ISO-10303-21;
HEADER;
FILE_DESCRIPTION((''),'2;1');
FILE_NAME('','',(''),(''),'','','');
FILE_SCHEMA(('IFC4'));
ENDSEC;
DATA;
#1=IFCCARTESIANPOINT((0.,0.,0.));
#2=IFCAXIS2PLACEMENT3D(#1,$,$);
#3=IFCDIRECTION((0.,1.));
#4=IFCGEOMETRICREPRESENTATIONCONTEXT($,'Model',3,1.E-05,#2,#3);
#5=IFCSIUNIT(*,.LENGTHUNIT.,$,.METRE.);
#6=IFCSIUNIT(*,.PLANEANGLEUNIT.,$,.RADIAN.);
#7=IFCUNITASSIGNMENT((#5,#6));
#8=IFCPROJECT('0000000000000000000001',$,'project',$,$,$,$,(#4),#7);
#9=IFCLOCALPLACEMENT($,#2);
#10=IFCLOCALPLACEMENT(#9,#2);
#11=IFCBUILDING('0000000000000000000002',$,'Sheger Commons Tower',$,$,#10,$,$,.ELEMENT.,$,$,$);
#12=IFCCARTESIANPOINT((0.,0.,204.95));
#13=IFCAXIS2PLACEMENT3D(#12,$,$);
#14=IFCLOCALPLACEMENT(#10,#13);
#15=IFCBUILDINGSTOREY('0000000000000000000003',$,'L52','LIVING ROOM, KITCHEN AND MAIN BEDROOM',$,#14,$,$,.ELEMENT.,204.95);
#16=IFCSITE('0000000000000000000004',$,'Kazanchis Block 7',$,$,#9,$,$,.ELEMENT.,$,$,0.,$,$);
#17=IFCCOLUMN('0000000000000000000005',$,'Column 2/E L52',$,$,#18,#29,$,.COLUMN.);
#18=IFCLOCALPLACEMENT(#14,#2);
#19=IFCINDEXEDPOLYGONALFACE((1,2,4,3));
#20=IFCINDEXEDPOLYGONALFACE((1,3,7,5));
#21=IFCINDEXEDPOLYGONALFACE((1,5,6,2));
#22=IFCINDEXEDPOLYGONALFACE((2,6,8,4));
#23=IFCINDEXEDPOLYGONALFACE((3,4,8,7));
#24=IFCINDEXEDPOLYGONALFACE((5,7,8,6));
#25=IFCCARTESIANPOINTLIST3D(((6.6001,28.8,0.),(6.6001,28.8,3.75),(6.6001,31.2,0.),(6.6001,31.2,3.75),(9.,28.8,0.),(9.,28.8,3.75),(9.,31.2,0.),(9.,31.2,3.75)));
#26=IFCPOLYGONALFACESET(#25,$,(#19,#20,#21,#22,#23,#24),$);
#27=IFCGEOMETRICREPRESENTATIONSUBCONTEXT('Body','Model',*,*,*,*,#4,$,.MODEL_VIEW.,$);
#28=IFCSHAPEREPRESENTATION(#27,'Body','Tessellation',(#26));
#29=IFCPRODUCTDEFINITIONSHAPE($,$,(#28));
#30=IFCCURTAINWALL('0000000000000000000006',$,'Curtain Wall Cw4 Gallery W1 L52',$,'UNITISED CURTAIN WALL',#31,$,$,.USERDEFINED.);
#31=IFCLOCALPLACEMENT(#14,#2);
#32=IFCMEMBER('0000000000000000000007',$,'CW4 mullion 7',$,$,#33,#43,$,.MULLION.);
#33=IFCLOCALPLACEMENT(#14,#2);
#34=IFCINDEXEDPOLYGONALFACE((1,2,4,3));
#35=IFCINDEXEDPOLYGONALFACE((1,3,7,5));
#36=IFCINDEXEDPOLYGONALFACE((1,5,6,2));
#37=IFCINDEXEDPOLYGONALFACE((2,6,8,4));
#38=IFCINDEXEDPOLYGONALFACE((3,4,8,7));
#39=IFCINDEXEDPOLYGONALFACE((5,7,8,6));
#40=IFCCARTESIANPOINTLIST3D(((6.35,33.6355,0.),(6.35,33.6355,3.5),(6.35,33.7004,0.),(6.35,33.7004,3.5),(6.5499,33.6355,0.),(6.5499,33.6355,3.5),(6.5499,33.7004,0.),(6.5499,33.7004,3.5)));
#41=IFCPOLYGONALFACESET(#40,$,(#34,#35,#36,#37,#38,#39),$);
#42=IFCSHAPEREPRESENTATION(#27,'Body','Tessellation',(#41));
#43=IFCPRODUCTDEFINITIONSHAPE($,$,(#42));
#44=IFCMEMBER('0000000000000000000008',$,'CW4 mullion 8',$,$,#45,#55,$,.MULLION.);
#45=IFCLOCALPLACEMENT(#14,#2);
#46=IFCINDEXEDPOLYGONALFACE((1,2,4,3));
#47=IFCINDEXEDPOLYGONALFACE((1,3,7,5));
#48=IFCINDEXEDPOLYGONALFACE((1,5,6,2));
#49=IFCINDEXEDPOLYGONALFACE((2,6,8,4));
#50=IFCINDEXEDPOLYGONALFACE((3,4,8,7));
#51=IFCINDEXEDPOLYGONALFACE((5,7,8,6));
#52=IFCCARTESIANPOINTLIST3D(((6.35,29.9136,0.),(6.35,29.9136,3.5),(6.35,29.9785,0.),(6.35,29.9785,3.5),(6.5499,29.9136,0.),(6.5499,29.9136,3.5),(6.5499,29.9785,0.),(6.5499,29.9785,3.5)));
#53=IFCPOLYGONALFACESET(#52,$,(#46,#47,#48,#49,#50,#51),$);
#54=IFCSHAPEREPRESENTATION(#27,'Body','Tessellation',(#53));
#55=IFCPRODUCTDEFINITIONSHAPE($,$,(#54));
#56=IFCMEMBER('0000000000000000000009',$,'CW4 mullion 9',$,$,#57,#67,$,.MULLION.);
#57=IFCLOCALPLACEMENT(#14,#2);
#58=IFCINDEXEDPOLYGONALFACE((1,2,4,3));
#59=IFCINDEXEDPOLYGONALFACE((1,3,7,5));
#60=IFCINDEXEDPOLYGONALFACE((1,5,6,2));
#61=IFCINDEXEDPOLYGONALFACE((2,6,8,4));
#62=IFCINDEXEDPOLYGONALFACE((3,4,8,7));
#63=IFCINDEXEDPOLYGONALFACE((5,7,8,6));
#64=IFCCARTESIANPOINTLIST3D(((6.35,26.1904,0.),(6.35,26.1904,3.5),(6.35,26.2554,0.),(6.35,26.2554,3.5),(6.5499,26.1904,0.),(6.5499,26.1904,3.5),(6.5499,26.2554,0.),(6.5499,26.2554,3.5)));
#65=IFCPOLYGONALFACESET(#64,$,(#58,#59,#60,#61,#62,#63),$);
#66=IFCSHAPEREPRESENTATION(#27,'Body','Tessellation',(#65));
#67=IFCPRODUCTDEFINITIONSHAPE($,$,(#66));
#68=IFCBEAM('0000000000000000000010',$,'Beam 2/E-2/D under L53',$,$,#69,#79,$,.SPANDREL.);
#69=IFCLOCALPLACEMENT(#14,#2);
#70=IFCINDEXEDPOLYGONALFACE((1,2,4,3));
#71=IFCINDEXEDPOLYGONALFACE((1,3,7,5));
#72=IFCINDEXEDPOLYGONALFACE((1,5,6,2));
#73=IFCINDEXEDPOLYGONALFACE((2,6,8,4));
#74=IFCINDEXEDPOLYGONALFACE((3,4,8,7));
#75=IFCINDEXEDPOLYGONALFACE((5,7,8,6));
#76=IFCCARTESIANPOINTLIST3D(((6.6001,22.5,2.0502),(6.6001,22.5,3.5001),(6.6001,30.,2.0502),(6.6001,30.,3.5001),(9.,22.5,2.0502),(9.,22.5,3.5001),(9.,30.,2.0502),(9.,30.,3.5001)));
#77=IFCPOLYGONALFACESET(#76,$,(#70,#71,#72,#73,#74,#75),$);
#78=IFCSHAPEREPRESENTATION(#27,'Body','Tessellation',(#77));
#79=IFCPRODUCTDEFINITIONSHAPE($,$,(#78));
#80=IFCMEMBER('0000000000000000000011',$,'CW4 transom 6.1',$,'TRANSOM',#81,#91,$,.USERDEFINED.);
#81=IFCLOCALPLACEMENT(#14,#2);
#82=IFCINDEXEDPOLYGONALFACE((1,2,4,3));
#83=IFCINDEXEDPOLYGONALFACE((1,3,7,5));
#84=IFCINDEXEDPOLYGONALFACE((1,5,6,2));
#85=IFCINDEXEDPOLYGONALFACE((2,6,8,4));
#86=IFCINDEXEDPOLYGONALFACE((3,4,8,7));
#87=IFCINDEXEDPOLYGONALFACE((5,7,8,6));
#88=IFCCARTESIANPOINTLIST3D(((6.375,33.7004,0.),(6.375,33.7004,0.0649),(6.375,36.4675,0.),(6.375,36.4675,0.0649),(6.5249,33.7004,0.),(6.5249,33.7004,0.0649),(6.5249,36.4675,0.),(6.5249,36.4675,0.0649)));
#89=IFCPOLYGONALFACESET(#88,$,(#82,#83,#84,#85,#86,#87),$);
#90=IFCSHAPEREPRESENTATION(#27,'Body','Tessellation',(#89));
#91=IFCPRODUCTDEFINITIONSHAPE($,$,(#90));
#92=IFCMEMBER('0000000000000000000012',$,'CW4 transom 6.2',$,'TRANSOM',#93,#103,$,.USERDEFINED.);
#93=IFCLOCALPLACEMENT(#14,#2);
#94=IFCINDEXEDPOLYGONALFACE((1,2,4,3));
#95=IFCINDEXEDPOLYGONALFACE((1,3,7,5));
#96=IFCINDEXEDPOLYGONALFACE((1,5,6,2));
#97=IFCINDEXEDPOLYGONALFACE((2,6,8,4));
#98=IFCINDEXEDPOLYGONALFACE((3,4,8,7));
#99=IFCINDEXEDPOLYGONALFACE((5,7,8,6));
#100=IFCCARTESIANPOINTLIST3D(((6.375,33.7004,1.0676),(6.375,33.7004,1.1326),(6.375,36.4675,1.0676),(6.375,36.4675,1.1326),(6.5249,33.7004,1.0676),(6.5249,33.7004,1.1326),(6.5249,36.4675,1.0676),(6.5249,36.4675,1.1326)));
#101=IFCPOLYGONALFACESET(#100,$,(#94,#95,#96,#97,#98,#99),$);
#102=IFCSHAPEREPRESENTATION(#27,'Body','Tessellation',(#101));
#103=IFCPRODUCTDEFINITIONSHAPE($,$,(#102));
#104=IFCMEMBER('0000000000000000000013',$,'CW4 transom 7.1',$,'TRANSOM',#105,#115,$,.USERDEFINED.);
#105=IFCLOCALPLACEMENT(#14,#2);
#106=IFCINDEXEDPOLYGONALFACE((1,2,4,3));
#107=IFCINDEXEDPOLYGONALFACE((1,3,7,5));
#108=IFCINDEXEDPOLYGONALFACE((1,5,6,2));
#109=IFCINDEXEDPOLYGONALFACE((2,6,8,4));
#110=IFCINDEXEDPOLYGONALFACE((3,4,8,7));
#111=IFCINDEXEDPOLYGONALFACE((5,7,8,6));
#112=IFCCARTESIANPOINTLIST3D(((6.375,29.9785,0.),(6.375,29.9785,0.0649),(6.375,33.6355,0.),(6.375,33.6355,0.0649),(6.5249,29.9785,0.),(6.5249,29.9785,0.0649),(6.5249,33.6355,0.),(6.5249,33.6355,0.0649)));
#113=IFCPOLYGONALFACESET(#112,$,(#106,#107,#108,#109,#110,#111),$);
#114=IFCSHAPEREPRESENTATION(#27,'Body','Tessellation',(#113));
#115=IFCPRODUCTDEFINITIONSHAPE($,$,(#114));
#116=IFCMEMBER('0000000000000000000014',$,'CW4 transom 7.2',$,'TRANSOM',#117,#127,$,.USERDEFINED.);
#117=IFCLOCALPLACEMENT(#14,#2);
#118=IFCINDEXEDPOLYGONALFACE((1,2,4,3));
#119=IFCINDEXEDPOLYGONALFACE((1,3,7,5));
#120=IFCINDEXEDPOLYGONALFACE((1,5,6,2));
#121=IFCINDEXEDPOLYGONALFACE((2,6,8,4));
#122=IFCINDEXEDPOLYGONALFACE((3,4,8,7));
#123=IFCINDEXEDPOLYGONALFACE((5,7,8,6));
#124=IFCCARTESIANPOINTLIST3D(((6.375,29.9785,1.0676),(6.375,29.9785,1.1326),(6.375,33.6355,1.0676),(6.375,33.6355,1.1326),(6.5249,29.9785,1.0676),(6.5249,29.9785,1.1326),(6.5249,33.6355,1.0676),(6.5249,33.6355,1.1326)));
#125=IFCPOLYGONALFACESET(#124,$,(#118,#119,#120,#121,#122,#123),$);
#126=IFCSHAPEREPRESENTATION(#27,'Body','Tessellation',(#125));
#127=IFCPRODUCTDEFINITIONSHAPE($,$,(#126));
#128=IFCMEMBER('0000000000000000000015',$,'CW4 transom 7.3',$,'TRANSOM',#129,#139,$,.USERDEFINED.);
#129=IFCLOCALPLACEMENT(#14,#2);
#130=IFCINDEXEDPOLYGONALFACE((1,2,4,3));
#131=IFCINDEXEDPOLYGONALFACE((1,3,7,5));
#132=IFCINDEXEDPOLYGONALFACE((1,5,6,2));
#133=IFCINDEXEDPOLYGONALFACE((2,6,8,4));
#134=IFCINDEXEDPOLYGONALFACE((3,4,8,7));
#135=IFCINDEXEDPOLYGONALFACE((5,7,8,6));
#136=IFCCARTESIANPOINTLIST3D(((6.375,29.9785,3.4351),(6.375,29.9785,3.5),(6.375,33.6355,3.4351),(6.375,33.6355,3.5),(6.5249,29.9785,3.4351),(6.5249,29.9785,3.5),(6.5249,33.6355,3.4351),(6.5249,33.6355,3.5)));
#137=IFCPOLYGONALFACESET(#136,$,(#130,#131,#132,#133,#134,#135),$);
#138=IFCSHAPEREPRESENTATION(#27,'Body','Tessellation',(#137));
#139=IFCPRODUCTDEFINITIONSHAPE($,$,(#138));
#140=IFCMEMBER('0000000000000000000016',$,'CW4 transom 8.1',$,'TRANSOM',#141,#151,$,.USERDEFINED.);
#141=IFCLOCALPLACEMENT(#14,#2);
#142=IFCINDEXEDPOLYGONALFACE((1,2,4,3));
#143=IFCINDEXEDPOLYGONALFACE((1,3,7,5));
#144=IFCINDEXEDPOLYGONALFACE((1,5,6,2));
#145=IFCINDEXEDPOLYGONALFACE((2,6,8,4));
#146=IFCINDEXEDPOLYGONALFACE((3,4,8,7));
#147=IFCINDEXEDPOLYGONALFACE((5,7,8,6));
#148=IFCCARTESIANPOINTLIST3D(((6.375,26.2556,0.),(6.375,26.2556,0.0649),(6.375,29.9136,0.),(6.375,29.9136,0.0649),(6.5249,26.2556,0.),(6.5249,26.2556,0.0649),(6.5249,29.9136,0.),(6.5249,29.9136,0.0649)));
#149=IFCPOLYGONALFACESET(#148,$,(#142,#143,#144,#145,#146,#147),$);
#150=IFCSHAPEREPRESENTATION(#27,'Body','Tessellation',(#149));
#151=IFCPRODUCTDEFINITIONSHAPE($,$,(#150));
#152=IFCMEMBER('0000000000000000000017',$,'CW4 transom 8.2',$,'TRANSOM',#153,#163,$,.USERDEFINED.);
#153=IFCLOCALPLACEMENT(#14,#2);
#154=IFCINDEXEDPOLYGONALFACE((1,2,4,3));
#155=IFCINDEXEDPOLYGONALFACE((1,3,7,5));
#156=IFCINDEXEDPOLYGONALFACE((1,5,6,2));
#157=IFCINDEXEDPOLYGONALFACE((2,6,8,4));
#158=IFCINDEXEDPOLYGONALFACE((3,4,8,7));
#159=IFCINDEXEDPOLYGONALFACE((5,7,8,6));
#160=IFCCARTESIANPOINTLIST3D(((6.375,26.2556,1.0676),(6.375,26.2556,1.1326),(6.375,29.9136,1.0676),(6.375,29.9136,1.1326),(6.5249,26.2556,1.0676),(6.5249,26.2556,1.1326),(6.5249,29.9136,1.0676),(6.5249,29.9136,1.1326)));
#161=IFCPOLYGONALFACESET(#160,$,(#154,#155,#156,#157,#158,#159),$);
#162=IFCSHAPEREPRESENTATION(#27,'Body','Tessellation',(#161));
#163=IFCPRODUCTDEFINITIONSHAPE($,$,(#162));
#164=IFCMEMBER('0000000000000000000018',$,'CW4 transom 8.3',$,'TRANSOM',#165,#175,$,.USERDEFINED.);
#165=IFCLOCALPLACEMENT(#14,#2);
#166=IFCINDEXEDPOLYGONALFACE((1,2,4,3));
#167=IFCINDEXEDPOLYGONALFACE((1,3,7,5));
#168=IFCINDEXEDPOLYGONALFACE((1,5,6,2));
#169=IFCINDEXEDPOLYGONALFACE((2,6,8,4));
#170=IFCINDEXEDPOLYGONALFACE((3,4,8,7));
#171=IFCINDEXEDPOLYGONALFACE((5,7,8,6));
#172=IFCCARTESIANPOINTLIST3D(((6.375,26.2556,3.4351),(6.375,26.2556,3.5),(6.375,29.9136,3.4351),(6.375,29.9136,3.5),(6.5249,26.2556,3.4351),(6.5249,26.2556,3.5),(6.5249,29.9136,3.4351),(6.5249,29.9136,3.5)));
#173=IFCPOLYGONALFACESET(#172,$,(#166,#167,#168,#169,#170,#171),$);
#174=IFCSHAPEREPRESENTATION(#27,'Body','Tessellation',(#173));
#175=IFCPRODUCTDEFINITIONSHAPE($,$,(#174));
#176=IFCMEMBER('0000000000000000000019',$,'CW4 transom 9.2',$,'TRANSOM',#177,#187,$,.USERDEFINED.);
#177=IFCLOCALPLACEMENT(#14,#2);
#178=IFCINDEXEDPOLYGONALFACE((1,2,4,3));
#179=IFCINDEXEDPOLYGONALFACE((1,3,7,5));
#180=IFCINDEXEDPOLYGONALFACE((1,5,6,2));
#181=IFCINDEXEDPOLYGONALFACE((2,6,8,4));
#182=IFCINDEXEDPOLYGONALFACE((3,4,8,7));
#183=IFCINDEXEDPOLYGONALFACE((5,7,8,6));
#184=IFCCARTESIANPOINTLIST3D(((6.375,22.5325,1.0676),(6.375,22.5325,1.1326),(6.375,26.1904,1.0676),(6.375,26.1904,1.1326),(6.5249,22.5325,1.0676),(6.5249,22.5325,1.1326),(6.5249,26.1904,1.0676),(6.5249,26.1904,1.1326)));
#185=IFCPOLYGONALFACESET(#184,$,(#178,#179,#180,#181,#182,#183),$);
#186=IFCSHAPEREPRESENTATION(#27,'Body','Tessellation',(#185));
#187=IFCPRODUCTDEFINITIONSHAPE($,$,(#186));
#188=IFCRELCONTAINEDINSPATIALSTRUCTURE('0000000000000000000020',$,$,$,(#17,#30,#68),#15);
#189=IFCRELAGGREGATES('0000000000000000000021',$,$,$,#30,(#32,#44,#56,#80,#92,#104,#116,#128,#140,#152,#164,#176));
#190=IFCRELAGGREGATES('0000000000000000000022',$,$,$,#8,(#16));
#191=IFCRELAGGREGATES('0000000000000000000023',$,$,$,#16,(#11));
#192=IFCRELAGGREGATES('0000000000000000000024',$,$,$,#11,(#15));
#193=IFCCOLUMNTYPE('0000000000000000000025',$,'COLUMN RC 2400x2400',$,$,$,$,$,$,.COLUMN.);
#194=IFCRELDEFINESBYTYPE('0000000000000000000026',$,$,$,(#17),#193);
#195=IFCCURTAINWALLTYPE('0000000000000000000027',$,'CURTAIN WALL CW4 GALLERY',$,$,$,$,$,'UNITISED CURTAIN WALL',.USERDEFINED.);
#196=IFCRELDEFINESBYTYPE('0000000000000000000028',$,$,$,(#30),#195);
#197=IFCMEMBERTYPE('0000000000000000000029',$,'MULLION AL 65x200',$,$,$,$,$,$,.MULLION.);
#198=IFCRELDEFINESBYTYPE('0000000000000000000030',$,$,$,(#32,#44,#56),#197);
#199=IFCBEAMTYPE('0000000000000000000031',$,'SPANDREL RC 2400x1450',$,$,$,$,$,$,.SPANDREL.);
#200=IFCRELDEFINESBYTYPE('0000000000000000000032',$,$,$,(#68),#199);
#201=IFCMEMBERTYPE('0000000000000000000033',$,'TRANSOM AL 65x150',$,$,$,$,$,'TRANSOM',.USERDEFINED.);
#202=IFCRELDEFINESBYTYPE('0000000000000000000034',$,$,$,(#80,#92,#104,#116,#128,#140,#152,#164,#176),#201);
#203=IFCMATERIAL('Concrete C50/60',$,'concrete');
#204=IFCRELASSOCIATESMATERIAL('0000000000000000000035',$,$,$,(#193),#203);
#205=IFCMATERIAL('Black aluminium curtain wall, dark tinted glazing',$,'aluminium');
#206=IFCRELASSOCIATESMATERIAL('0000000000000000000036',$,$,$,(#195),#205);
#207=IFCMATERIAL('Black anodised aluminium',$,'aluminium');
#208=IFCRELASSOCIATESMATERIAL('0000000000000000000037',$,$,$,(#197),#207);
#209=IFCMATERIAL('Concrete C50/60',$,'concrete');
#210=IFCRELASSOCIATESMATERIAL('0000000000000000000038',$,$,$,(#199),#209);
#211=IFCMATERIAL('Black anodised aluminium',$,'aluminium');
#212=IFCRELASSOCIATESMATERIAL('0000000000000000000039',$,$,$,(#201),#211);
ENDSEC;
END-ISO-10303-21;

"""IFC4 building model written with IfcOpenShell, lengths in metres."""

from ifc_helpers import new_model, si_unit, direction, frame, origin, origin_2d, place, context, subcontext, project, spatial, rectangle, extrude, material, material_profile, profile_set, type_object, element, aggregate, save


model = new_model("IFC4")

# Units and contexts
model_context = context("Model", 3, precision=1e-05, world=origin(), true_north=direction((0.0, 1.0)))
body_context = subcontext(model_context, "Body", "Model", "MODEL_VIEW")
ifc_project = project(units=[si_unit("LENGTHUNIT", "METRE"), si_unit("PLANEANGLEUNIT", "RADIAN")], contexts=[model_context])

# Site, building, storey
site_placement = place(None, origin())
site = spatial("IfcSite", under=ifc_project, at=site_placement, Name="Kazanchis Block 7", CompositionType="ELEMENT", RefElevation=0.0)
building_placement = place(site_placement, origin())
building = spatial("IfcBuilding", under=site, at=building_placement, Name="Sheger Commons Tower", CompositionType="ELEMENT")
storey_placement = place(building_placement, frame((0.0, 0.0, 204.95)))
storey = spatial("IfcBuildingStorey", under=building, at=storey_placement, Name="L52", Description="LIVING ROOM, KITCHEN AND MAIN BEDROOM", CompositionType="ELEMENT", Elevation=204.95)

# Column
ifc_material_1 = material(Name="Concrete C50/60", Category="concrete")
ifc_material_profile_1 = material_profile(ifc_material_1, rectangle(XDim=2.3999, YDim=2.3999, at=origin_2d()), Name="RC 2400x2400")
ifc_profile_set_1 = profile_set([ifc_material_profile_1], Name="Concrete C50/60")
column_type = type_object("IfcColumnType", Name="COLUMN RC 2400x2400", PredefinedType="COLUMN", material=ifc_profile_set_1)
column_placement = place(storey_placement, frame((7.8, 30.0, 0.0), z_axis=(0.0, 0.0, 1.0), x_axis=(1.0, 0.0, 0.0)))
element("IfcColumn", 1, at=column_placement, inside=storey, type_object=column_type, Name="Column 2/E L52", PredefinedType="COLUMN", context=body_context, shape_type="SweptSolid", body=[
    extrude(rectangle(XDim=2.3999, YDim=2.3999, at=origin_2d()), origin(), (0.0, 0.0, 1.0), 3.75),
])

# Curtain wall, members
ifc_material_2 = material(Name="Black aluminium curtain wall, dark tinted glazing", Category="aluminium")
curtain_wall_type = type_object("IfcCurtainWallType", Name="CURTAIN WALL CW4 GALLERY", ElementType="UNITISED CURTAIN WALL", PredefinedType="USERDEFINED", material=ifc_material_2)
curtain_wall_placement = place(storey_placement, origin())
curtain_wall = element("IfcCurtainWall", 2, at=curtain_wall_placement, inside=storey, type_object=curtain_wall_type, Name="Curtain Wall Cw4 Gallery W1 L52", ObjectType="UNITISED CURTAIN WALL", PredefinedType="USERDEFINED")
ifc_material_3 = material(Name="Black anodised aluminium", Category="aluminium")
ifc_material_profile_2 = material_profile(ifc_material_3, rectangle(XDim=0.2, YDim=0.0649, at=origin_2d()), Name="AL 65x200")
ifc_profile_set_2 = profile_set([ifc_material_profile_2], Name="Black anodised aluminium")
member_type_1 = type_object("IfcMemberType", Name="MULLION AL 65x200", PredefinedType="MULLION", material=ifc_profile_set_2)
member_1_placement = place(storey_placement, frame((6.45, 33.668, 0.0), z_axis=(0.0, 0.0, 1.0), x_axis=(1.0, 0.0, 0.0)))
member_1 = element("IfcMember", 3, at=member_1_placement, type_object=member_type_1, Name="CW4 mullion 7", PredefinedType="MULLION", context=body_context, shape_type="SweptSolid", body=[
    extrude(rectangle(XDim=0.2, YDim=0.0649, at=origin_2d()), origin(), (0.0, 0.0, 1.0), 3.5),
])
member_2_placement = place(storey_placement, frame((6.45, 29.946, 0.0), z_axis=(0.0, 0.0, 1.0), x_axis=(1.0, 0.0, 0.0)))
member_2 = element("IfcMember", 4, at=member_2_placement, type_object=member_type_1, Name="CW4 mullion 8", PredefinedType="MULLION", context=body_context, shape_type="SweptSolid", body=[
    extrude(rectangle(XDim=0.2, YDim=0.0649, at=origin_2d()), origin(), (0.0, 0.0, 1.0), 3.5),
])
member_3_placement = place(storey_placement, frame((6.45, 26.2229, 0.0), z_axis=(0.0, 0.0, 1.0), x_axis=(1.0, 0.0, 0.0)))
member_3 = element("IfcMember", 5, at=member_3_placement, type_object=member_type_1, Name="CW4 mullion 9", PredefinedType="MULLION", context=body_context, shape_type="SweptSolid", body=[
    extrude(rectangle(XDim=0.2, YDim=0.0649, at=origin_2d()), origin(), (0.0, 0.0, 1.0), 3.5),
])

# Beam
ifc_material_4 = material(Name="Concrete C50/60", Category="concrete")
ifc_material_profile_3 = material_profile(ifc_material_4, rectangle(XDim=2.3999, YDim=1.45, at=origin_2d()), Name="RC 2400x1450")
ifc_profile_set_3 = profile_set([ifc_material_profile_3], Name="Concrete C50/60")
beam_type = type_object("IfcBeamType", Name="SPANDREL RC 2400x1450", PredefinedType="SPANDREL", material=ifc_profile_set_3)
beam_placement = place(storey_placement, frame((7.8, 30.0, 2.7751), z_axis=(0.0, -1.0, 0.0), x_axis=(1.0, 0.0, 0.0)))
element("IfcBeam", 6, at=beam_placement, inside=storey, type_object=beam_type, Name="Beam 2/E-2/D under L53", PredefinedType="SPANDREL", context=body_context, shape_type="SweptSolid", body=[
    extrude(rectangle(XDim=2.3999, YDim=1.45, at=origin_2d()), origin(), (0.0, 0.0, 1.0), 7.5),
])

# Members
ifc_material_5 = material(Name="Black anodised aluminium", Category="aluminium")
ifc_material_profile_4 = material_profile(ifc_material_5, rectangle(XDim=0.1499, YDim=0.0649, at=origin_2d()), Name="AL 65x150")
ifc_profile_set_4 = profile_set([ifc_material_profile_4], Name="Black anodised aluminium")
member_type_2 = type_object("IfcMemberType", Name="TRANSOM AL 65x150", ElementType="TRANSOM", PredefinedType="USERDEFINED", material=ifc_profile_set_4)
member_4_placement = place(storey_placement, frame((6.45, 36.4675, 0.0325), z_axis=(0.0, -1.0, 0.0), x_axis=(1.0, 0.0, 0.0)))
member_4 = element("IfcMember", 7, at=member_4_placement, type_object=member_type_2, Name="CW4 transom 6.1", ObjectType="TRANSOM", PredefinedType="USERDEFINED", context=body_context, shape_type="SweptSolid", body=[
    extrude(rectangle(XDim=0.1499, YDim=0.0649, at=origin_2d()), origin(), (0.0, 0.0, 1.0), 2.7671),
])
member_5_placement = place(storey_placement, frame((6.45, 36.4675, 1.1001), z_axis=(0.0, -1.0, 0.0), x_axis=(1.0, 0.0, 0.0)))
member_5 = element("IfcMember", 8, at=member_5_placement, type_object=member_type_2, Name="CW4 transom 6.2", ObjectType="TRANSOM", PredefinedType="USERDEFINED", context=body_context, shape_type="SweptSolid", body=[
    extrude(rectangle(XDim=0.1499, YDim=0.0649, at=origin_2d()), origin(), (0.0, 0.0, 1.0), 2.7671),
])
member_6_placement = place(storey_placement, frame((6.45, 33.6355, 0.0325), z_axis=(0.0, -1.0, 0.0), x_axis=(1.0, 0.0, 0.0)))
member_6 = element("IfcMember", 9, at=member_6_placement, type_object=member_type_2, Name="CW4 transom 7.1", ObjectType="TRANSOM", PredefinedType="USERDEFINED", context=body_context, shape_type="SweptSolid", body=[
    extrude(rectangle(XDim=0.1499, YDim=0.0649, at=origin_2d()), origin(), (0.0, 0.0, 1.0), 3.657),
])
member_7_placement = place(storey_placement, frame((6.45, 33.6355, 1.1001), z_axis=(0.0, -1.0, 0.0), x_axis=(1.0, 0.0, 0.0)))
member_7 = element("IfcMember", 10, at=member_7_placement, type_object=member_type_2, Name="CW4 transom 7.2", ObjectType="TRANSOM", PredefinedType="USERDEFINED", context=body_context, shape_type="SweptSolid", body=[
    extrude(rectangle(XDim=0.1499, YDim=0.0649, at=origin_2d()), origin(), (0.0, 0.0, 1.0), 3.657),
])
member_8_placement = place(storey_placement, frame((6.45, 33.6355, 3.4675), z_axis=(0.0, -1.0, 0.0), x_axis=(1.0, 0.0, 0.0)))
member_8 = element("IfcMember", 11, at=member_8_placement, type_object=member_type_2, Name="CW4 transom 7.3", ObjectType="TRANSOM", PredefinedType="USERDEFINED", context=body_context, shape_type="SweptSolid", body=[
    extrude(rectangle(XDim=0.1499, YDim=0.0649, at=origin_2d()), origin(), (0.0, 0.0, 1.0), 3.657),
])
member_9_placement = place(storey_placement, frame((6.45, 29.9136, 0.0325), z_axis=(0.0, -1.0, 0.0), x_axis=(1.0, 0.0, 0.0)))
member_9 = element("IfcMember", 12, at=member_9_placement, type_object=member_type_2, Name="CW4 transom 8.1", ObjectType="TRANSOM", PredefinedType="USERDEFINED", context=body_context, shape_type="SweptSolid", body=[
    extrude(rectangle(XDim=0.1499, YDim=0.0649, at=origin_2d()), origin(), (0.0, 0.0, 1.0), 3.658),
])
member_10_placement = place(storey_placement, frame((6.45, 29.9136, 1.1001), z_axis=(0.0, -1.0, 0.0), x_axis=(1.0, 0.0, 0.0)))
member_10 = element("IfcMember", 13, at=member_10_placement, type_object=member_type_2, Name="CW4 transom 8.2", ObjectType="TRANSOM", PredefinedType="USERDEFINED", context=body_context, shape_type="SweptSolid", body=[
    extrude(rectangle(XDim=0.1499, YDim=0.0649, at=origin_2d()), origin(), (0.0, 0.0, 1.0), 3.658),
])
member_11_placement = place(storey_placement, frame((6.45, 29.9136, 3.4675), z_axis=(0.0, -1.0, 0.0), x_axis=(1.0, 0.0, 0.0)))
member_11 = element("IfcMember", 14, at=member_11_placement, type_object=member_type_2, Name="CW4 transom 8.3", ObjectType="TRANSOM", PredefinedType="USERDEFINED", context=body_context, shape_type="SweptSolid", body=[
    extrude(rectangle(XDim=0.1499, YDim=0.0649, at=origin_2d()), origin(), (0.0, 0.0, 1.0), 3.658),
])
member_12_placement = place(storey_placement, frame((6.45, 26.1904, 1.1001), z_axis=(0.0, -1.0, 0.0), x_axis=(1.0, 0.0, 0.0)))
member_12 = element("IfcMember", 15, at=member_12_placement, type_object=member_type_2, Name="CW4 transom 9.2", ObjectType="TRANSOM", PredefinedType="USERDEFINED", context=body_context, shape_type="SweptSolid", body=[
    extrude(rectangle(XDim=0.1499, YDim=0.0649, at=origin_2d()), origin(), (0.0, 0.0, 1.0), 3.658),
])

aggregate(curtain_wall, [member_1, member_2, member_3, member_4, member_5, member_6, member_7, member_8, member_9, member_10, member_11, member_12])

save(model, "model.ifc")
